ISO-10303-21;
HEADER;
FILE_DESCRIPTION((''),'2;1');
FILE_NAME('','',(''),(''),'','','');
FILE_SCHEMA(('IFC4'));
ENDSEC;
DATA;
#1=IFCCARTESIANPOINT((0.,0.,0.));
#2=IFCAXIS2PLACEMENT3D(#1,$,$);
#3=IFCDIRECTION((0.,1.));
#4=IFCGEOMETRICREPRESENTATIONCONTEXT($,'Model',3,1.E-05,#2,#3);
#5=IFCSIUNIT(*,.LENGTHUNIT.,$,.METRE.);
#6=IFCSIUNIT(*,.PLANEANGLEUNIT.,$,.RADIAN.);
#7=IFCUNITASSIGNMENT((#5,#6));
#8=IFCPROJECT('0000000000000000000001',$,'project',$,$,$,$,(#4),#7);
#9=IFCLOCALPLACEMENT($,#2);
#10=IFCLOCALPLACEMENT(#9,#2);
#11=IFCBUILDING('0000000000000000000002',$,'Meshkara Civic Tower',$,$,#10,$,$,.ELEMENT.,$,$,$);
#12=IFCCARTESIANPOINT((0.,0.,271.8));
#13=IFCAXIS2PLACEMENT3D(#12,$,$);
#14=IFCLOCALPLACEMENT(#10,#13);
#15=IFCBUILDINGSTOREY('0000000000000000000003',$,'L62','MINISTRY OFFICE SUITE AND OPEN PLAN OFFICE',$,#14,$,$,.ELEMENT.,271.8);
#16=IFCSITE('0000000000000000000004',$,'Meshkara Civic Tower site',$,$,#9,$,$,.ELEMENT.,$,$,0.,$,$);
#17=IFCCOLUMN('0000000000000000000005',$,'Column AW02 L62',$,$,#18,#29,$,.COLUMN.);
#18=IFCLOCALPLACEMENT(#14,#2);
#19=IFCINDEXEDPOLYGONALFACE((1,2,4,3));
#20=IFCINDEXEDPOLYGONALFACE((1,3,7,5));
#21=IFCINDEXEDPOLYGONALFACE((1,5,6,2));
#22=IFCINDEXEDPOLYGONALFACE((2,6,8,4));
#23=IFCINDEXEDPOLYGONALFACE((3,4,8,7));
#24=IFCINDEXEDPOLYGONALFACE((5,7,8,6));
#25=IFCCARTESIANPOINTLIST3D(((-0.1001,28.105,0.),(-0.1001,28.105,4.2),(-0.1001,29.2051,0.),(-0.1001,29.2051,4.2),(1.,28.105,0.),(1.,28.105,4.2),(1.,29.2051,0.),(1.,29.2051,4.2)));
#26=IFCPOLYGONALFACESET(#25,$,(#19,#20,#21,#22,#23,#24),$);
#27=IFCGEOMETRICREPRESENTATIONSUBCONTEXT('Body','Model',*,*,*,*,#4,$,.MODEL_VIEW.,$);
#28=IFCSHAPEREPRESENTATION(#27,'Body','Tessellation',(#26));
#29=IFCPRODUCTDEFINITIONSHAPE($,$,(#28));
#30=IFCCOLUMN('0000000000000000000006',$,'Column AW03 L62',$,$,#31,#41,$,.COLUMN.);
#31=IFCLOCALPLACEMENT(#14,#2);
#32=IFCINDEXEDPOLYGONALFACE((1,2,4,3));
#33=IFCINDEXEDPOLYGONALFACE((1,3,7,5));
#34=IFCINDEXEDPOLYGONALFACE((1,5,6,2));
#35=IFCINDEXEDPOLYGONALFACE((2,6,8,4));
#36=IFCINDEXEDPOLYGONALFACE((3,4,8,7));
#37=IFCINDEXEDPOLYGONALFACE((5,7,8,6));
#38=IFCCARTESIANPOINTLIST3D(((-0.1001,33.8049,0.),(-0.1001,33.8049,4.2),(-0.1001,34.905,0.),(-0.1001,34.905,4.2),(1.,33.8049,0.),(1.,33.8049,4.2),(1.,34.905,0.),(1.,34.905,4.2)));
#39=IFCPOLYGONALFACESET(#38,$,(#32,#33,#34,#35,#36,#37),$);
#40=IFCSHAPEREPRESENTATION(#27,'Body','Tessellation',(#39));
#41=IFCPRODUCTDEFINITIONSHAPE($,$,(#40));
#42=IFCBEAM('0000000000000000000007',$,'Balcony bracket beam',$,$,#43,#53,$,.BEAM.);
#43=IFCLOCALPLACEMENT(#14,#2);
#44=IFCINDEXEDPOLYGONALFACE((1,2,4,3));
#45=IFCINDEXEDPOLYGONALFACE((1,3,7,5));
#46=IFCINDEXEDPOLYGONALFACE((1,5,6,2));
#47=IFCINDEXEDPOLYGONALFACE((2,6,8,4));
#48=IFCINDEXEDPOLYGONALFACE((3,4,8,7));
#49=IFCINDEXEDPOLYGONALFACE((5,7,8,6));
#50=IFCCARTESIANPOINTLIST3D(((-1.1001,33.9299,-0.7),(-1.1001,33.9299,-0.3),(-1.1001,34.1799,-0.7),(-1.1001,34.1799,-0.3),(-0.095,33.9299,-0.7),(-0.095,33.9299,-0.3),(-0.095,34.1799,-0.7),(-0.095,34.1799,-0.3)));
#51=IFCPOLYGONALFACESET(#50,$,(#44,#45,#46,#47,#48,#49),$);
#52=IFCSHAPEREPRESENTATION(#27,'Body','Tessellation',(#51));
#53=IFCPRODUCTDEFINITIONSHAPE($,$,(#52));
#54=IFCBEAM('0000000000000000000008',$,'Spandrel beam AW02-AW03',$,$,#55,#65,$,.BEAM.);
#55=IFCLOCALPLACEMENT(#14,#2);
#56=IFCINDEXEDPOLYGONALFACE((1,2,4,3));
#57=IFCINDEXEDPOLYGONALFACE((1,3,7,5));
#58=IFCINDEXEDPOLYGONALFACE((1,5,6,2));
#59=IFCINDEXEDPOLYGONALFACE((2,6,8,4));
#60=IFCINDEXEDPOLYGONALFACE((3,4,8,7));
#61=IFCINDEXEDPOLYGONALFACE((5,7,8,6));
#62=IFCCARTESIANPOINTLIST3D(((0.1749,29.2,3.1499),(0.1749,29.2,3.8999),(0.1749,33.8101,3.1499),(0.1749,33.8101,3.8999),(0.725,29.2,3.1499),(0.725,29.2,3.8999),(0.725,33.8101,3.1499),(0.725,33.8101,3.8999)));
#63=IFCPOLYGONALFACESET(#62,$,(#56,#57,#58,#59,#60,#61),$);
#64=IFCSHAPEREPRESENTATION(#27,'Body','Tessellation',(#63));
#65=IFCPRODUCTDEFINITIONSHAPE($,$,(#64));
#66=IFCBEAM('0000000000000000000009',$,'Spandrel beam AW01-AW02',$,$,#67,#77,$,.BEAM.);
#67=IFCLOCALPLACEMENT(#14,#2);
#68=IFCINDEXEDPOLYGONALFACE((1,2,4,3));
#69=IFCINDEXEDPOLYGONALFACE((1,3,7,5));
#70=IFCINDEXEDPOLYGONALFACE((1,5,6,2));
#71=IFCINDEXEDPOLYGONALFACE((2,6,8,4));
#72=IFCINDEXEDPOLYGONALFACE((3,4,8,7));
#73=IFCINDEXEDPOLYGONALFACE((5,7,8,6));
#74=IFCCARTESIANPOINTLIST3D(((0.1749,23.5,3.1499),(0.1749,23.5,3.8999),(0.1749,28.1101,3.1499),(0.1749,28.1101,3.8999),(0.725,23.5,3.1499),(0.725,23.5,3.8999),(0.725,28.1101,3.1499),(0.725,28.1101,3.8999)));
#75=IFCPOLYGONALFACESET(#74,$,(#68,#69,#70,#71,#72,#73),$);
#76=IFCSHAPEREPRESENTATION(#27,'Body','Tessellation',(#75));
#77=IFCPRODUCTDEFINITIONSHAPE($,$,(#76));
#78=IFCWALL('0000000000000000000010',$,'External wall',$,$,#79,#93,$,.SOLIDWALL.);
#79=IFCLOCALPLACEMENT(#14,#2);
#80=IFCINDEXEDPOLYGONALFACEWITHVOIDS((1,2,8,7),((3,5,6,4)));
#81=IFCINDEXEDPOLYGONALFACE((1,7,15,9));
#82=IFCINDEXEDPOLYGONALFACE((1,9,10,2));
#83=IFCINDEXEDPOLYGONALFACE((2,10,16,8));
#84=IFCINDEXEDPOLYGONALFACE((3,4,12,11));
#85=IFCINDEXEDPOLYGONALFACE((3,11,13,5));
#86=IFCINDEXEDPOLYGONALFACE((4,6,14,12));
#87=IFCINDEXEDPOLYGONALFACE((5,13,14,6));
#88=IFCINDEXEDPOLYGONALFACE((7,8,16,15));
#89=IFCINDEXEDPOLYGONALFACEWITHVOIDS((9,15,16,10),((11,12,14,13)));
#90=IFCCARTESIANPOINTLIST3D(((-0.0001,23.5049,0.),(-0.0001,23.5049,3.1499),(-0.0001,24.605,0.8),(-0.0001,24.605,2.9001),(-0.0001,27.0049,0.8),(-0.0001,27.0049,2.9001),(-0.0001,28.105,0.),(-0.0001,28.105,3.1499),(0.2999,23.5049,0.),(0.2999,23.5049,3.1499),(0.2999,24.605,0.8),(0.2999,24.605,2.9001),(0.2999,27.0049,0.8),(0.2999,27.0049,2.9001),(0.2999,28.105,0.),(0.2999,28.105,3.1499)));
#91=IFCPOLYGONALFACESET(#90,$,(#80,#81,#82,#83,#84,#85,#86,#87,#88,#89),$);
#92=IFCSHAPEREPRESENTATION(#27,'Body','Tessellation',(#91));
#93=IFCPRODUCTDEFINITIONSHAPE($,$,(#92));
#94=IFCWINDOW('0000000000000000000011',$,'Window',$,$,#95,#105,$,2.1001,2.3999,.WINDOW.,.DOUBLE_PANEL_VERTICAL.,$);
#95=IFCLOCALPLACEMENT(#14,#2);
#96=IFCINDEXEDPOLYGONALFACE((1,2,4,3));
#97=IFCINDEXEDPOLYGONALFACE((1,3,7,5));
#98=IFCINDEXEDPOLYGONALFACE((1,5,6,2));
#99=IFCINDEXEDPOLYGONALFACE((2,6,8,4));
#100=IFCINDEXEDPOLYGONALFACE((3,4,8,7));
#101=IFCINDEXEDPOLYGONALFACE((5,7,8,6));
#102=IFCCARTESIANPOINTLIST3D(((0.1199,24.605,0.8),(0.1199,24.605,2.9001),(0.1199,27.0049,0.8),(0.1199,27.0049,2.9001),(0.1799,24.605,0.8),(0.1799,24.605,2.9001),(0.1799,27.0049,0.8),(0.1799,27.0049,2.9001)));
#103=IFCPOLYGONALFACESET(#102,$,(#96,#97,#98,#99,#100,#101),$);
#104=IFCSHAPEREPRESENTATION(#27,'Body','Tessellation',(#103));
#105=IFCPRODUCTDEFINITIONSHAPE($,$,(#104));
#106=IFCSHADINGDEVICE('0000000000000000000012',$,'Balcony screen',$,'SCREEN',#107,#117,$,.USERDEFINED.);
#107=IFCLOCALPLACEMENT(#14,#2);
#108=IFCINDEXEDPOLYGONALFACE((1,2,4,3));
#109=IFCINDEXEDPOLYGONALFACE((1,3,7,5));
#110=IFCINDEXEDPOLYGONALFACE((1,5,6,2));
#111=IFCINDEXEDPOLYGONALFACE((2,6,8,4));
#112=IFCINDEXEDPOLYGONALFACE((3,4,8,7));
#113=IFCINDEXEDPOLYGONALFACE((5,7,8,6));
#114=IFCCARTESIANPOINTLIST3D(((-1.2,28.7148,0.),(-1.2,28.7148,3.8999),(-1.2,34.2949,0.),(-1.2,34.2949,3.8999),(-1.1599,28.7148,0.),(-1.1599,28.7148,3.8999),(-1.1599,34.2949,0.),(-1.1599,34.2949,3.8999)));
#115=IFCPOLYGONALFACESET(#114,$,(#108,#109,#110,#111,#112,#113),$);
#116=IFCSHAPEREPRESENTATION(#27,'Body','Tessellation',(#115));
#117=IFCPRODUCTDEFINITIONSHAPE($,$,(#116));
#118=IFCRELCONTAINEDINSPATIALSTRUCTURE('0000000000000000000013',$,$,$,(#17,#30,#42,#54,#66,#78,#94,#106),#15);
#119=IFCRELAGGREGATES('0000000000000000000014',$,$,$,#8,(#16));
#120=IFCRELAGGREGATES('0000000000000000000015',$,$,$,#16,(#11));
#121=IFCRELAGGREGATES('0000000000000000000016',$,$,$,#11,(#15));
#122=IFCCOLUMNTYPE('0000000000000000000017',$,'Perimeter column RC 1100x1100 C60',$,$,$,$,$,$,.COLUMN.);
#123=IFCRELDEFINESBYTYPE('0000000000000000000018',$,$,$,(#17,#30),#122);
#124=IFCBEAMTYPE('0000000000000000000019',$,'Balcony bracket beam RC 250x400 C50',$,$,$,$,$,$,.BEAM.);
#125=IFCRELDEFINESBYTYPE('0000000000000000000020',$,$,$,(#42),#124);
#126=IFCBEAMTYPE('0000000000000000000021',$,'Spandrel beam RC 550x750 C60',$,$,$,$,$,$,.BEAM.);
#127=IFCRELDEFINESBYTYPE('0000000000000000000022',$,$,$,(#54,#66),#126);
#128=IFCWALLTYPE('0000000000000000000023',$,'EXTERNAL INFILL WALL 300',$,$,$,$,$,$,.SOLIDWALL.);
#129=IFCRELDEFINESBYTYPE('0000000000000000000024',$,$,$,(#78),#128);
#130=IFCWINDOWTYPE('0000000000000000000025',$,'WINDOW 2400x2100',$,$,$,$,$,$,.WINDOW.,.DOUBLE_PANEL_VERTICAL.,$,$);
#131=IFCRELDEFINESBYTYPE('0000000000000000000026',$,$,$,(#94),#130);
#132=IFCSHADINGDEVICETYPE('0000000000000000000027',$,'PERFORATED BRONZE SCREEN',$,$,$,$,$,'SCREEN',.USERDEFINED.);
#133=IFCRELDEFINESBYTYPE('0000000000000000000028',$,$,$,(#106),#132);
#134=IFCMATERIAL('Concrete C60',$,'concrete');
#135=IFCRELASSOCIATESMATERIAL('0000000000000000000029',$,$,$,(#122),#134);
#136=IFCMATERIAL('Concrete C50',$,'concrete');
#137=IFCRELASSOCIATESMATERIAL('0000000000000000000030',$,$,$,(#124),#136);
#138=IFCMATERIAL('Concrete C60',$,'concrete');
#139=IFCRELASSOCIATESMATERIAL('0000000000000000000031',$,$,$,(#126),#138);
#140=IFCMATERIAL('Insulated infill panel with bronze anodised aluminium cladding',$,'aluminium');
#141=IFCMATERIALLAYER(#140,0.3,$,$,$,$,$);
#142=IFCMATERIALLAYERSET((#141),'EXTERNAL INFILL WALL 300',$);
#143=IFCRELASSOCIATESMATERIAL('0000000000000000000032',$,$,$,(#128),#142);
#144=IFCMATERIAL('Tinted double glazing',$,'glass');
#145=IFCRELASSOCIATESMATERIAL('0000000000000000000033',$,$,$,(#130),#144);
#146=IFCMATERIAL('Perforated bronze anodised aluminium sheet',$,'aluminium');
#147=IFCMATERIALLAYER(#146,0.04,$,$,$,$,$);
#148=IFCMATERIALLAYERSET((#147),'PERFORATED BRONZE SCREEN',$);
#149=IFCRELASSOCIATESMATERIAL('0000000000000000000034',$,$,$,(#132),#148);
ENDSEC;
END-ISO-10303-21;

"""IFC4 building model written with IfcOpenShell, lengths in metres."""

from ifc_helpers import new_model, si_unit, direction, frame, frame_2d, origin, origin_2d, place, context, subcontext, project, spatial, rectangle, extrude, material, layer, layer_set, material_profile, profile_set, type_object, element, fill, save


model = new_model("IFC4")

# Units and contexts
model_context = context("Model", 3, precision=1e-05, world=origin(), true_north=direction((0.0, 1.0)))
body_context = subcontext(model_context, "Body", "Model", "MODEL_VIEW")
ifc_project = project(units=[si_unit("LENGTHUNIT", "METRE"), si_unit("PLANEANGLEUNIT", "RADIAN")], contexts=[model_context])

# Site, building, storey
site_placement = place(None, origin())
site = spatial("IfcSite", under=ifc_project, at=site_placement, Name="Meshkara Civic Tower site", CompositionType="ELEMENT", RefElevation=0.0)
building_placement = place(site_placement, origin())
building = spatial("IfcBuilding", under=site, at=building_placement, Name="Meshkara Civic Tower", CompositionType="ELEMENT")
storey_placement = place(building_placement, frame((0.0, 0.0, 271.8)))
storey = spatial("IfcBuildingStorey", under=building, at=storey_placement, Name="L62", Description="MINISTRY OFFICE SUITE AND OPEN PLAN OFFICE", CompositionType="ELEMENT", Elevation=271.8)

# Columns
ifc_material_1 = material(Name="Concrete C60", Category="concrete")
ifc_material_profile_1 = material_profile(ifc_material_1, rectangle(XDim=1.1001, YDim=1.1001, at=origin_2d()))
ifc_profile_set_1 = profile_set([ifc_material_profile_1], Name="Concrete C60")
column_type = type_object("IfcColumnType", Name="Perimeter column RC 1100x1100 C60", PredefinedType="COLUMN", material=ifc_profile_set_1)
for number, where, z_axis, x_axis, name in (
    (1, (0.45, 28.655, 0.0), (0.0, 0.0, 1.0), (1.0, 0.0, 0.0), "Column AW02 L62"),
    (2, (0.45, 34.355, 0.0), (0.0, 0.0, 1.0), (1.0, 0.0, 0.0), "Column AW03 L62"),
):
    element("IfcColumn", number, at=place(storey_placement, frame(where, z_axis=z_axis, x_axis=x_axis)), inside=storey, type_object=column_type, Name=name, PredefinedType="COLUMN", context=body_context, shape_type="SweptSolid", body=[
        extrude(rectangle(XDim=1.1001, YDim=1.1001, at=origin_2d()), origin(), (0.0, 0.0, 1.0), 4.2),
    ])

# Beams
ifc_material_2 = material(Name="Concrete C50", Category="concrete")
ifc_material_profile_2 = material_profile(ifc_material_2, rectangle(XDim=0.25, YDim=0.3999, at=origin_2d()))
ifc_profile_set_2 = profile_set([ifc_material_profile_2], Name="Concrete C50")
beam_type_1 = type_object("IfcBeamType", Name="Balcony bracket beam RC 250x400 C50", PredefinedType="BEAM", material=ifc_profile_set_2)
beam_placement = place(storey_placement, frame((-0.095, 34.0549, -0.5), z_axis=(-1.0, 0.0, 0.0), x_axis=(0.0, -1.0, 0.0)))
element("IfcBeam", 3, at=beam_placement, inside=storey, type_object=beam_type_1, Name="Balcony bracket beam", PredefinedType="BEAM", context=body_context, shape_type="SweptSolid", body=[
    extrude(rectangle(XDim=0.25, YDim=0.3999, at=origin_2d()), origin(), (0.0, 0.0, 1.0), 1.0051),
])
ifc_material_3 = material(Name="Concrete C60", Category="concrete")
ifc_material_profile_3 = material_profile(ifc_material_3, rectangle(XDim=0.55, YDim=0.75, at=origin_2d()))
ifc_profile_set_3 = profile_set([ifc_material_profile_3], Name="Concrete C60")
beam_type_2 = type_object("IfcBeamType", Name="Spandrel beam RC 550x750 C60", PredefinedType="BEAM", material=ifc_profile_set_3)
for number, where, z_axis, x_axis, name in (
    (4, (0.45, 33.8101, 3.5249), (0.0, -1.0, 0.0), (1.0, 0.0, 0.0), "Spandrel beam AW02-AW03"),
    (5, (0.45, 28.1101, 3.5249), (0.0, -1.0, 0.0), (1.0, 0.0, 0.0), "Spandrel beam AW01-AW02"),
):
    element("IfcBeam", number, at=place(storey_placement, frame(where, z_axis=z_axis, x_axis=x_axis)), inside=storey, type_object=beam_type_2, Name=name, PredefinedType="BEAM", context=body_context, shape_type="SweptSolid", body=[
        extrude(rectangle(XDim=0.55, YDim=0.75, at=origin_2d()), origin(), (0.0, 0.0, 1.0), 4.6101),
    ])

# Wall, opening, window
ifc_material_4 = material(Name="Insulated infill panel with bronze anodised aluminium cladding", Category="aluminium")
ifc_layer_1 = layer(ifc_material_4, 0.3)
ifc_layer_set_1 = layer_set([ifc_layer_1], Name="EXTERNAL INFILL WALL 300")
wall_type_1 = type_object("IfcWallType", Name="EXTERNAL INFILL WALL 300", PredefinedType="SOLIDWALL", material=ifc_layer_set_1)
wall_1_placement = place(storey_placement, frame((0.1499, 28.105, 0.0), z_axis=(0.0, 0.0, 1.0), x_axis=(0.0, -1.0, 0.0)))
wall_1 = element("IfcWall", 6, at=wall_1_placement, inside=storey, type_object=wall_type_1, Name="External wall", PredefinedType="SOLIDWALL", context=body_context, shape_type="SweptSolid", body=[
    extrude(rectangle(XDim=4.6001, YDim=0.3, at=frame_2d((2.3, 0.0))), origin(), (0.0, 0.0, 1.0), 3.1499),
])
opening_1_placement = place(wall_1_placement, frame((1.1001, 0.0, 0.8)))
opening_1 = element("IfcOpeningElement", 7, at=opening_1_placement, cuts=wall_1, PredefinedType="OPENING", context=body_context, shape_type="SweptSolid", body=[
    extrude(rectangle(XDim=2.3999, YDim=2.1001, at=frame_2d((1.2, 1.05))), frame((0.0, 0.1599, 0.0), z_axis=(0.0, -1.0, 0.0), x_axis=(1.0, 0.0, 0.0)), (0.0, 0.0, 1.0), 0.3201),
])
ifc_material_5 = material(Name="Tinted double glazing", Category="glass")
window_type = type_object("IfcWindowType", Name="WINDOW 2400x2100", PartitioningType="DOUBLE_PANEL_VERTICAL", PredefinedType="WINDOW", material=ifc_material_5)
window_placement = place(opening_1_placement, origin())
window = element("IfcWindow", 8, at=window_placement, inside=storey, type_object=window_type, Name="Window", OverallHeight=2.1001, OverallWidth=2.3999, PartitioningType="DOUBLE_PANEL_VERTICAL", PredefinedType="WINDOW", context=body_context, shape_type="SweptSolid", body=[
    extrude(rectangle(XDim=2.3999, YDim=2.1001, at=frame_2d((1.2, 1.05))), frame((0.0, 0.03, 0.0), z_axis=(0.0, -1.0, 0.0), x_axis=(1.0, 0.0, 0.0)), (0.0, 0.0, 1.0), 0.0601),
])
fill(opening_1, window)

# Shading device
ifc_material_6 = material(Name="Perforated bronze anodised aluminium sheet", Category="aluminium")
ifc_layer_2 = layer(ifc_material_6, 0.04)
ifc_layer_set_2 = layer_set([ifc_layer_2], Name="PERFORATED BRONZE SCREEN")
shading_device_type = type_object("IfcShadingDeviceType", Name="PERFORATED BRONZE SCREEN", ElementType="SCREEN", PredefinedType="USERDEFINED", material=ifc_layer_set_2)
shading_device_placement = place(storey_placement, frame((-1.1799, 31.5049, 0.0), z_axis=(0.0, 0.0, 1.0), x_axis=(0.0, -1.0, 0.0)))
element("IfcShadingDevice", 9, at=shading_device_placement, inside=storey, type_object=shading_device_type, Name="Balcony screen", ObjectType="SCREEN", PredefinedType="USERDEFINED", context=body_context, shape_type="SweptSolid", body=[
    extrude(rectangle(XDim=5.5801, YDim=0.04, at=origin_2d()), origin(), (0.0, 0.0, 1.0), 3.8999),
])

save(model, "model.ifc")
